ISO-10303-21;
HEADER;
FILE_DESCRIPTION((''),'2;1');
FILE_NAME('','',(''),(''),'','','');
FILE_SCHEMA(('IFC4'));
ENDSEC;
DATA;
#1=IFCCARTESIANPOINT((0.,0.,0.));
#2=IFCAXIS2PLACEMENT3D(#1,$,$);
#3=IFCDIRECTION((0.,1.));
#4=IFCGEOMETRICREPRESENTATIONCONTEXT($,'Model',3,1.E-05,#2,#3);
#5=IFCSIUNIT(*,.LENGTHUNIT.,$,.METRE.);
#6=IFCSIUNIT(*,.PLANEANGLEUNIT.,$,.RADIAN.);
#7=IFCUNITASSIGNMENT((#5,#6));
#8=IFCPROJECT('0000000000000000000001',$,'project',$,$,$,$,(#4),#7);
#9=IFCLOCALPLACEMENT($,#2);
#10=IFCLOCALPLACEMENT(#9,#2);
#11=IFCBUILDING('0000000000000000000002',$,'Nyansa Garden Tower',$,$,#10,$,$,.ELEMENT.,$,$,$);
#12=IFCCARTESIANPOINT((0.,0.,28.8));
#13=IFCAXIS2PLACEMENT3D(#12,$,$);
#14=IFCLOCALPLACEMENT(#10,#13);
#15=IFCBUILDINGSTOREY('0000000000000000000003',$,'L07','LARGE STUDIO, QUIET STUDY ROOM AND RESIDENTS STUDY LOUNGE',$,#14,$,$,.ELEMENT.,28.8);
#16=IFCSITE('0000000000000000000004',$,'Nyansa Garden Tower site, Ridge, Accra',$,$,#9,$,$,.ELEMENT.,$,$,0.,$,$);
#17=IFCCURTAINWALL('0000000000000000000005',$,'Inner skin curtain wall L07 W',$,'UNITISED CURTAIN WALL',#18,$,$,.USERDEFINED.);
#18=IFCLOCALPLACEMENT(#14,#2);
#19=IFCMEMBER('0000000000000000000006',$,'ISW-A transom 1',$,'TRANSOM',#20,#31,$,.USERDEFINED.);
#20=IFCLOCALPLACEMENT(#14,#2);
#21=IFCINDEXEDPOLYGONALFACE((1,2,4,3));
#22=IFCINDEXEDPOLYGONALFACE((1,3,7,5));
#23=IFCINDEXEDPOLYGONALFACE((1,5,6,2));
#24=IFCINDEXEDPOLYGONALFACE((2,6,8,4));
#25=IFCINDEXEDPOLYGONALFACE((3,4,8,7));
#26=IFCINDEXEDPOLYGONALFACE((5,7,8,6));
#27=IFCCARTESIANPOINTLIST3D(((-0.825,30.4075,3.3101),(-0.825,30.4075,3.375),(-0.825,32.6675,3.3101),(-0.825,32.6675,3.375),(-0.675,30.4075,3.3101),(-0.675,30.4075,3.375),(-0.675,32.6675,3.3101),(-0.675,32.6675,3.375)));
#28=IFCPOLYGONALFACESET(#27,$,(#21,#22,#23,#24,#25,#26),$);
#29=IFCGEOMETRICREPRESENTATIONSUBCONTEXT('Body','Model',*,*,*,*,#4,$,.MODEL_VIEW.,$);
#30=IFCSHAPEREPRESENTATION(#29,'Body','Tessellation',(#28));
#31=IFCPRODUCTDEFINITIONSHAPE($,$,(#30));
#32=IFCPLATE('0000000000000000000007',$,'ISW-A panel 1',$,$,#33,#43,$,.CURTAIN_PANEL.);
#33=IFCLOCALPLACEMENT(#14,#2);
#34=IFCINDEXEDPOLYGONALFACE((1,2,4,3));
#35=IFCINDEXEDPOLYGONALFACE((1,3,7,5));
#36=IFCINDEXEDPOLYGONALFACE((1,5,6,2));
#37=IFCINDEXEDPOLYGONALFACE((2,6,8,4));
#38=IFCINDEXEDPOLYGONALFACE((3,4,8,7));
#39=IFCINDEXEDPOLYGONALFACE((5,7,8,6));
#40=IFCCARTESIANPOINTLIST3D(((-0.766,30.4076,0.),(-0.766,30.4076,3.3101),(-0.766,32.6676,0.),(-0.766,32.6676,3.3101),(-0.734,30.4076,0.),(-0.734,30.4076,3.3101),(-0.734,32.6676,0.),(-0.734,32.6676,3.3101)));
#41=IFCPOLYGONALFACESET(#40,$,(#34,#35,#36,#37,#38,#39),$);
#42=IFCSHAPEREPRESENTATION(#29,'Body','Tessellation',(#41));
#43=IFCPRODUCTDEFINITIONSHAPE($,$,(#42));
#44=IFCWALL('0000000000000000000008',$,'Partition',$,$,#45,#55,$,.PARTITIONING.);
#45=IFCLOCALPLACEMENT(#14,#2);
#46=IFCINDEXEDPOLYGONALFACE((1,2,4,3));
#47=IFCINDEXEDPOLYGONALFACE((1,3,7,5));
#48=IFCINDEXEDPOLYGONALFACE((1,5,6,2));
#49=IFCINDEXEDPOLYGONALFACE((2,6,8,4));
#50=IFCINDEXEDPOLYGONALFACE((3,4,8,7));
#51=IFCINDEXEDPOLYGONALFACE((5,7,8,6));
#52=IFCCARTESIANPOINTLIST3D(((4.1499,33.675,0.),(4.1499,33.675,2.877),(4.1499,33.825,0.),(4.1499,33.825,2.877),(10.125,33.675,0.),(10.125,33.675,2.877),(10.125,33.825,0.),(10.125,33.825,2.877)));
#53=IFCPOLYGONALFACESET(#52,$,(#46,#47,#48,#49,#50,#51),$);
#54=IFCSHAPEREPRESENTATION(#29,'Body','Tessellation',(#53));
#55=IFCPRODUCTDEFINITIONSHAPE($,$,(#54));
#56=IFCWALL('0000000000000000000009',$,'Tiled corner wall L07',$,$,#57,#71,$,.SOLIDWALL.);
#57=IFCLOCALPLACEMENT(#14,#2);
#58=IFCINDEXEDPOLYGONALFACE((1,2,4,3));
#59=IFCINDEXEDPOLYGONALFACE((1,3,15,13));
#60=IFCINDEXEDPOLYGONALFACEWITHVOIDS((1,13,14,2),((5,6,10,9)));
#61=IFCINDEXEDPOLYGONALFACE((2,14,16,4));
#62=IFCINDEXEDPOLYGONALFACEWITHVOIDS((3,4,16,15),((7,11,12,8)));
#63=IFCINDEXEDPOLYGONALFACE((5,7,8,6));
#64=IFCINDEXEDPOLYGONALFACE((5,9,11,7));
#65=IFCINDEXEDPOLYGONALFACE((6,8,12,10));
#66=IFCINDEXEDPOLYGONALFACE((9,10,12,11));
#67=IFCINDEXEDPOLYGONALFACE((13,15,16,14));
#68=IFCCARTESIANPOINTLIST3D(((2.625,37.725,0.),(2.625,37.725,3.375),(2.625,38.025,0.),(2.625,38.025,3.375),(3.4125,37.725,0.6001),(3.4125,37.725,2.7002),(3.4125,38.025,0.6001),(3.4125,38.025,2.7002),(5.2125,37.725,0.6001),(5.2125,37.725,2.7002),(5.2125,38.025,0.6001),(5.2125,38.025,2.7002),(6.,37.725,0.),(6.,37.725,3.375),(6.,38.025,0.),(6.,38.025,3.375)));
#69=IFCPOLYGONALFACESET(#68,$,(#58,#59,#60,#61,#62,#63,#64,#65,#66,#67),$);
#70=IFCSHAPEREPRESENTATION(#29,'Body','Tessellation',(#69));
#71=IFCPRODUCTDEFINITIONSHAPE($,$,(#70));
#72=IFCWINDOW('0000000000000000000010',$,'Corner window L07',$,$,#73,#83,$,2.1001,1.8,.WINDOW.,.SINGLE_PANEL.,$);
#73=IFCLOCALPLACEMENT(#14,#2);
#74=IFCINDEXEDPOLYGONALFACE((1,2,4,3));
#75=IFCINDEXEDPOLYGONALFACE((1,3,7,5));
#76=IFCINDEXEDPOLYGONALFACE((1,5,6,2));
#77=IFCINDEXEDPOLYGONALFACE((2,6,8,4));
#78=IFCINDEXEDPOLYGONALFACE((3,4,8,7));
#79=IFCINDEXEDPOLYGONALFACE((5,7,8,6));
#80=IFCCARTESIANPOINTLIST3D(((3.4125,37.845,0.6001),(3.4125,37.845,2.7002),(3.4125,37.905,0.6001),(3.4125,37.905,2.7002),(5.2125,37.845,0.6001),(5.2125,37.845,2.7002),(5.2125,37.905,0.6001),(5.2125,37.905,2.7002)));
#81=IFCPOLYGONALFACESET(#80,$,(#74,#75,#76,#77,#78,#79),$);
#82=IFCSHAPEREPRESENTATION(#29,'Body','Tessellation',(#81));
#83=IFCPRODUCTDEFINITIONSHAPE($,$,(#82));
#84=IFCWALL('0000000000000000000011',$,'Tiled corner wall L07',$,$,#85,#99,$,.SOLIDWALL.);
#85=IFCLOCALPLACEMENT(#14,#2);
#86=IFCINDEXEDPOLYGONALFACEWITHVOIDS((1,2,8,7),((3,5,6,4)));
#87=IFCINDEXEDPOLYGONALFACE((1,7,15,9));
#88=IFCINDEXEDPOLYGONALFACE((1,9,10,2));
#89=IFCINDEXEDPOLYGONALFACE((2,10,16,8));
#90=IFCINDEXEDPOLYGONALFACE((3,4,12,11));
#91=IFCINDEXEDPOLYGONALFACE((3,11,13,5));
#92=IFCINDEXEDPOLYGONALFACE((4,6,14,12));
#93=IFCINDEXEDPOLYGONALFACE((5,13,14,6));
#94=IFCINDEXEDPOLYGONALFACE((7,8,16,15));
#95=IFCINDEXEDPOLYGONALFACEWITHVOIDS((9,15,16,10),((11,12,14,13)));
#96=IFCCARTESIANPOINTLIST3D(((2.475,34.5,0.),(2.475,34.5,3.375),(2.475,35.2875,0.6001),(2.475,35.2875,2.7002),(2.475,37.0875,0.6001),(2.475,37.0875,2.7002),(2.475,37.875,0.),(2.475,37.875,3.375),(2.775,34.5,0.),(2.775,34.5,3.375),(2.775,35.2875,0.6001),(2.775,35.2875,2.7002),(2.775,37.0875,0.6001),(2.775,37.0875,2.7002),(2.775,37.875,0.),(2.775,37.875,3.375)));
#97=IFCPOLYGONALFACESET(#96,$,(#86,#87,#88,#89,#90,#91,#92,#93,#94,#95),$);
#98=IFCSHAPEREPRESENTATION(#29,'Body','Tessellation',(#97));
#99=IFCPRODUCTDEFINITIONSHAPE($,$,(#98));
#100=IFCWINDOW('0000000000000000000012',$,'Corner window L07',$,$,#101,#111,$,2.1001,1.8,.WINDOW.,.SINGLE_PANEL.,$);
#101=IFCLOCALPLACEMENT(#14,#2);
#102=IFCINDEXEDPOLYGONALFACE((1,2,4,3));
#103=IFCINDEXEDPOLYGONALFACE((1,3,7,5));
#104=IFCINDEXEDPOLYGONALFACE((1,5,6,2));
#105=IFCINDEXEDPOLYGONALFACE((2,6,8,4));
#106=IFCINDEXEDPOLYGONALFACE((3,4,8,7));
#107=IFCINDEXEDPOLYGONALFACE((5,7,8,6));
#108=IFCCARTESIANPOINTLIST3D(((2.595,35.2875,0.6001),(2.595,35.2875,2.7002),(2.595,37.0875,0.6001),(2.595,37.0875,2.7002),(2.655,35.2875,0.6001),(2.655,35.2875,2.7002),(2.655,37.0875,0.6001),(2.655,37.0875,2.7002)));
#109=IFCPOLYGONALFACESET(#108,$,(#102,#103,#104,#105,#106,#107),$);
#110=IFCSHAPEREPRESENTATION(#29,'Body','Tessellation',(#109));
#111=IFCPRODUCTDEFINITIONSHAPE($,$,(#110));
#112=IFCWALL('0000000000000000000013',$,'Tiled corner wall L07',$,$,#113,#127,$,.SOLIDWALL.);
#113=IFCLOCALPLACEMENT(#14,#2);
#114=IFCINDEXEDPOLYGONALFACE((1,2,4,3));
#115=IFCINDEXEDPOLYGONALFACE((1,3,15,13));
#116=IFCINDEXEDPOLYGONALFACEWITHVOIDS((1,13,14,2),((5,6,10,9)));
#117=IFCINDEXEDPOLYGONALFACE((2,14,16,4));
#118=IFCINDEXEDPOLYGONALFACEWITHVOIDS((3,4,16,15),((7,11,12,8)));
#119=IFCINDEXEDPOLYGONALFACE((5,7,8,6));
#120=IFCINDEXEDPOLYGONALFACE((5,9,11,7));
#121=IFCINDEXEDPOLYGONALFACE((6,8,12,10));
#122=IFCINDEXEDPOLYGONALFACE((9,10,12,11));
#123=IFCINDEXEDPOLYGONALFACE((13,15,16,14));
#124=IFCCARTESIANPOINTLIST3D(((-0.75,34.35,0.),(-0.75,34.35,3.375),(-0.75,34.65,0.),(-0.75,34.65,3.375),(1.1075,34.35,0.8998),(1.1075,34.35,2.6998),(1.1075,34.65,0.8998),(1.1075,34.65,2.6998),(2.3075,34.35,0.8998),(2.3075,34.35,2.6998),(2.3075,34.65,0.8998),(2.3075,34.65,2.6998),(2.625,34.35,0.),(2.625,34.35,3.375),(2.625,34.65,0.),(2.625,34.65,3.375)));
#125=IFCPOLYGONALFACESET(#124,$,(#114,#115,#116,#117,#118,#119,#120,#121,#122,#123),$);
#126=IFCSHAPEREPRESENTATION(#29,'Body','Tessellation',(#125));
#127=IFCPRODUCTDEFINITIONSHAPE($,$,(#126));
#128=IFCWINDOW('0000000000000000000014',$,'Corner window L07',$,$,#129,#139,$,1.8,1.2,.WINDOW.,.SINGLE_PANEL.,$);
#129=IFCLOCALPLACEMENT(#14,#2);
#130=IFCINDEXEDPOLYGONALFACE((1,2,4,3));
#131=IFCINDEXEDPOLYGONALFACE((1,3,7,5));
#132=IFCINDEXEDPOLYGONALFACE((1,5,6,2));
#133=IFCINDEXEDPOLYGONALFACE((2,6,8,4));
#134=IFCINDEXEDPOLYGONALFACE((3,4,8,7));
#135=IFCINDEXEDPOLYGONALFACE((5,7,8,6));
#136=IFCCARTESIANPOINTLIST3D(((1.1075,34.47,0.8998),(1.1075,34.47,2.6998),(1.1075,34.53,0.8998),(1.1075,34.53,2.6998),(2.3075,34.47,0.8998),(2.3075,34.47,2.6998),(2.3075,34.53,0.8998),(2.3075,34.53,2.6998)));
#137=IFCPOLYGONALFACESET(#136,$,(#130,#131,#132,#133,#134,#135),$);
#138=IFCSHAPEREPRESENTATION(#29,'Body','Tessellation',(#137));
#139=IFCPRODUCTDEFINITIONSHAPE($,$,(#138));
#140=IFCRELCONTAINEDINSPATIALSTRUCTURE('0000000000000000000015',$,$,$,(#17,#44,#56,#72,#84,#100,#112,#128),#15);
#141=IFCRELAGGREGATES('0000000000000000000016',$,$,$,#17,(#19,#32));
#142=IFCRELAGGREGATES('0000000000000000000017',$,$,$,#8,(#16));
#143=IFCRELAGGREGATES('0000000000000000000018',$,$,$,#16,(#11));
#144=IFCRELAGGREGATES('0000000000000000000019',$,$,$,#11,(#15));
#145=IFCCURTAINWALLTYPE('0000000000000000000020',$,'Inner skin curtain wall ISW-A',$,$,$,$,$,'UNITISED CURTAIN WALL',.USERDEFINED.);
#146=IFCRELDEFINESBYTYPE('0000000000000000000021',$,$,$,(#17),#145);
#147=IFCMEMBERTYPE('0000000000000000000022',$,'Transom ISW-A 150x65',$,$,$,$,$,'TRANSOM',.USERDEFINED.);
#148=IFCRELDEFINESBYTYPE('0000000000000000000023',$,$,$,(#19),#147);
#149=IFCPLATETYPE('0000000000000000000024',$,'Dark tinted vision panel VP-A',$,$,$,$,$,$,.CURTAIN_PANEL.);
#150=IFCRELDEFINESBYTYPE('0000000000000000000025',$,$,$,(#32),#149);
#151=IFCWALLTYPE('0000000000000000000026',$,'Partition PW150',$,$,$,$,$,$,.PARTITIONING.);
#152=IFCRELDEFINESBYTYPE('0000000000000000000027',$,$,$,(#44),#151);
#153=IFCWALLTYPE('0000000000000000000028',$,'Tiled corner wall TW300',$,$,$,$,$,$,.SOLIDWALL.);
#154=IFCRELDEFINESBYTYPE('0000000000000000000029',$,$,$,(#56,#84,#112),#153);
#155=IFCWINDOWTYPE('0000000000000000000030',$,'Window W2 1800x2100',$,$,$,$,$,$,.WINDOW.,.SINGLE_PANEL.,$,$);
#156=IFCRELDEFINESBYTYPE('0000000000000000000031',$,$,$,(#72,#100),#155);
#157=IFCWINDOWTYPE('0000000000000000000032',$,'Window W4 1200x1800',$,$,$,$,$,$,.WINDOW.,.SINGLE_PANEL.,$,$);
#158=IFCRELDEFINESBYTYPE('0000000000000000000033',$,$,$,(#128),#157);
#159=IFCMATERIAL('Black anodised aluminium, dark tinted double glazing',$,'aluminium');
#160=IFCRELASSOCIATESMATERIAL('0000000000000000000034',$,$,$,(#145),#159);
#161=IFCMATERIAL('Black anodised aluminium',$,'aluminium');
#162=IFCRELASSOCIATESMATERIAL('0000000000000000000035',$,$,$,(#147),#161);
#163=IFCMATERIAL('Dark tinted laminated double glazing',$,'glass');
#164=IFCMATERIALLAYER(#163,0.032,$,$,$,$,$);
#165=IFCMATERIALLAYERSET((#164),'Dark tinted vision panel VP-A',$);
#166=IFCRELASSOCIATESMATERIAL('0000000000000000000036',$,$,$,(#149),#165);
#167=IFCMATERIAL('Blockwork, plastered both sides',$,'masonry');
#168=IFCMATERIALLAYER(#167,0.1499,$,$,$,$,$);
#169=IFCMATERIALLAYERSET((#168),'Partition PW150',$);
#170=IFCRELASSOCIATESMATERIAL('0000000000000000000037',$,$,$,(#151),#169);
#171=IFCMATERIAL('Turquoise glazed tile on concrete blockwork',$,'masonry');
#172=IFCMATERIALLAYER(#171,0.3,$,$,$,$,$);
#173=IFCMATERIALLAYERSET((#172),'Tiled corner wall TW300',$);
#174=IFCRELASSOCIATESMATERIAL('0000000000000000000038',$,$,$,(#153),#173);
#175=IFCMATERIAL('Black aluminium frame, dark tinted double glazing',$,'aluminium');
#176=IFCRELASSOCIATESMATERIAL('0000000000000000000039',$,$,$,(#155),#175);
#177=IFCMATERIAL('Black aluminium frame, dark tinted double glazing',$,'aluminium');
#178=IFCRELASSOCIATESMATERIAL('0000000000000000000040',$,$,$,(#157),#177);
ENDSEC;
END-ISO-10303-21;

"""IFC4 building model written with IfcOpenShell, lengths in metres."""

from ifc_helpers import new_model, si_unit, direction, frame, frame_2d, origin, origin_2d, place, context, subcontext, project, spatial, rectangle, extrude, material, layer, layer_set, material_profile, profile_set, type_object, element, fill, aggregate, save


model = new_model("IFC4")

# Units and contexts
model_context = context("Model", 3, precision=1e-05, world=origin(), true_north=direction((0.0, 1.0)))
body_context = subcontext(model_context, "Body", "Model", "MODEL_VIEW")
ifc_project = project(units=[si_unit("LENGTHUNIT", "METRE"), si_unit("PLANEANGLEUNIT", "RADIAN")], contexts=[model_context])

# Site, building, storey
site_placement = place(None, origin())
site = spatial("IfcSite", under=ifc_project, at=site_placement, Name="Nyansa Garden Tower site, Ridge, Accra", CompositionType="ELEMENT", RefElevation=0.0)
building_placement = place(site_placement, origin())
building = spatial("IfcBuilding", under=site, at=building_placement, Name="Nyansa Garden Tower", CompositionType="ELEMENT")
storey_placement = place(building_placement, frame((0.0, 0.0, 28.8)))
storey = spatial("IfcBuildingStorey", under=building, at=storey_placement, Name="L07", Description="LARGE STUDIO, QUIET STUDY ROOM AND RESIDENTS STUDY LOUNGE", CompositionType="ELEMENT", Elevation=28.8)

# Curtain wall
ifc_material_1 = material(Name="Black anodised aluminium, dark tinted double glazing", Category="aluminium")
curtain_wall_type = type_object("IfcCurtainWallType", Name="Inner skin curtain wall ISW-A", ElementType="UNITISED CURTAIN WALL", PredefinedType="USERDEFINED", material=ifc_material_1)
curtain_wall_placement = place(storey_placement, origin())
curtain_wall = element("IfcCurtainWall", 1, at=curtain_wall_placement, inside=storey, type_object=curtain_wall_type, Name="Inner skin curtain wall L07 W", ObjectType="UNITISED CURTAIN WALL", PredefinedType="USERDEFINED")

# Member
ifc_material_2 = material(Name="Black anodised aluminium", Category="aluminium")
ifc_material_profile_1 = material_profile(ifc_material_2, rectangle(XDim=0.1499, YDim=0.0649, at=origin_2d()), Name="Transom 150x65")
ifc_profile_set_1 = profile_set([ifc_material_profile_1], Name="Black anodised aluminium")
member_type_1 = type_object("IfcMemberType", Name="Transom ISW-A 150x65", ElementType="TRANSOM", PredefinedType="USERDEFINED", material=ifc_profile_set_1)
member_1_placement = place(storey_placement, frame((-0.75, 32.6675, 3.3425), z_axis=(0.0, -1.0, 0.0), x_axis=(1.0, 0.0, 0.0)))
member_1 = element("IfcMember", 2, at=member_1_placement, type_object=member_type_1, Name="ISW-A transom 1", ObjectType="TRANSOM", PredefinedType="USERDEFINED", context=body_context, shape_type="SweptSolid", body=[
    extrude(rectangle(XDim=0.1499, YDim=0.0649, at=origin_2d()), origin(), (0.0, 0.0, 1.0), 2.26),
])

# Plate
ifc_material_3 = material(Name="Dark tinted laminated double glazing", Category="glass")
ifc_layer_1 = layer(ifc_material_3, 0.032)
ifc_layer_set_1 = layer_set([ifc_layer_1], Name="Dark tinted vision panel VP-A")
plate_type = type_object("IfcPlateType", Name="Dark tinted vision panel VP-A", PredefinedType="CURTAIN_PANEL", material=ifc_layer_set_1)
plate_placement = place(storey_placement, frame((-0.75, 31.5376, 0.0), z_axis=(0.0, 0.0, 1.0), x_axis=(0.0, -1.0, 0.0)))
plate = element("IfcPlate", 3, at=plate_placement, type_object=plate_type, Name="ISW-A panel 1", PredefinedType="CURTAIN_PANEL", context=body_context, shape_type="SweptSolid", body=[
    extrude(rectangle(XDim=2.26, YDim=0.032, at=origin_2d()), origin(), (0.0, 0.0, 1.0), 3.3101),
])
aggregate(curtain_wall, [member_1, plate])

# Wall
ifc_material_4 = material(Name="Blockwork, plastered both sides", Category="masonry")
ifc_layer_2 = layer(ifc_material_4, 0.1499)
ifc_layer_set_2 = layer_set([ifc_layer_2], Name="Partition PW150")
wall_type_1 = type_object("IfcWallType", Name="Partition PW150", PredefinedType="PARTITIONING", material=ifc_layer_set_2)
wall_1_placement = place(storey_placement, frame((4.1499, 33.75, 0.0), z_axis=(0.0, 0.0, 1.0), x_axis=(1.0, 0.0, 0.0)))
element("IfcWall", 4, at=wall_1_placement, inside=storey, type_object=wall_type_1, Name="Partition", PredefinedType="PARTITIONING", context=body_context, shape_type="SweptSolid", body=[
    extrude(rectangle(XDim=5.9751, YDim=0.1499, at=frame_2d((2.9875, 0.0))), origin(), (0.0, 0.0, 1.0), 2.877),
])

# Walls, openings, windows
ifc_material_5 = material(Name="Turquoise glazed tile on concrete blockwork", Category="masonry")
ifc_layer_3 = layer(ifc_material_5, 0.3)
ifc_layer_set_3 = layer_set([ifc_layer_3], Name="Tiled corner wall TW300")
wall_type_2 = type_object("IfcWallType", Name="Tiled corner wall TW300", PredefinedType="SOLIDWALL", material=ifc_layer_set_3)
wall_2_placement = place(storey_placement, frame((6.0, 37.875, 0.0), z_axis=(0.0, 0.0, 1.0), x_axis=(-1.0, 0.0, 0.0)))
wall_2 = element("IfcWall", 5, at=wall_2_placement, inside=storey, type_object=wall_type_2, Name="Tiled corner wall L07", PredefinedType="SOLIDWALL", context=body_context, shape_type="SweptSolid", body=[
    extrude(rectangle(XDim=3.375, YDim=0.3, at=frame_2d((1.6875, 0.0))), origin(), (0.0, 0.0, 1.0), 3.375),
])
opening_1_placement = place(wall_2_placement, frame((0.7876, 0.0, 0.6001)))
opening_1 = element("IfcOpeningElement", 6, at=opening_1_placement, cuts=wall_2, PredefinedType="OPENING", context=body_context, shape_type="SweptSolid", body=[
    extrude(rectangle(XDim=1.8, YDim=2.1001, at=frame_2d((0.8999, 1.05))), frame((0.0, 0.1599, 0.0), z_axis=(0.0, -1.0, 0.0), x_axis=(1.0, 0.0, 0.0)), (0.0, 0.0, 1.0), 0.3201),
])
ifc_material_6 = material(Name="Black aluminium frame, dark tinted double glazing", Category="aluminium")
window_type_1 = type_object("IfcWindowType", Name="Window W2 1800x2100", PartitioningType="SINGLE_PANEL", PredefinedType="WINDOW", material=ifc_material_6)
window_1_placement = place(opening_1_placement, origin())
window_1 = element("IfcWindow", 7, at=window_1_placement, inside=storey, type_object=window_type_1, Name="Corner window L07", OverallHeight=2.1001, OverallWidth=1.8, PartitioningType="SINGLE_PANEL", PredefinedType="WINDOW", context=body_context, shape_type="SweptSolid", body=[
    extrude(rectangle(XDim=1.8, YDim=2.1001, at=frame_2d((0.8999, 1.05))), frame((0.0, 0.03, 0.0), z_axis=(0.0, -1.0, 0.0), x_axis=(1.0, 0.0, 0.0)), (0.0, 0.0, 1.0), 0.0601),
])
fill(opening_1, window_1)
wall_3_placement = place(storey_placement, frame((2.625, 37.875, 0.0), z_axis=(0.0, 0.0, 1.0), x_axis=(0.0, -1.0, 0.0)))
wall_3 = element("IfcWall", 8, at=wall_3_placement, inside=storey, type_object=wall_type_2, Name="Tiled corner wall L07", PredefinedType="SOLIDWALL", context=body_context, shape_type="SweptSolid", body=[
    extrude(rectangle(XDim=3.375, YDim=0.3, at=frame_2d((1.6875, 0.0))), origin(), (0.0, 0.0, 1.0), 3.375),
])
opening_2_placement = place(wall_3_placement, frame((0.7876, 0.0, 0.6001)))
opening_2 = element("IfcOpeningElement", 9, at=opening_2_placement, cuts=wall_3, PredefinedType="OPENING", context=body_context, shape_type="SweptSolid", body=[
    extrude(rectangle(XDim=1.8, YDim=2.1001, at=frame_2d((0.8999, 1.05))), frame((0.0, 0.1599, 0.0), z_axis=(0.0, -1.0, 0.0), x_axis=(1.0, 0.0, 0.0)), (0.0, 0.0, 1.0), 0.3201),
])
window_2_placement = place(opening_2_placement, origin())
window_2 = element("IfcWindow", 10, at=window_2_placement, inside=storey, type_object=window_type_1, Name="Corner window L07", OverallHeight=2.1001, OverallWidth=1.8, PartitioningType="SINGLE_PANEL", PredefinedType="WINDOW", context=body_context, shape_type="SweptSolid", body=[
    extrude(rectangle(XDim=1.8, YDim=2.1001, at=frame_2d((0.8999, 1.05))), frame((0.0, 0.03, 0.0), z_axis=(0.0, -1.0, 0.0), x_axis=(1.0, 0.0, 0.0)), (0.0, 0.0, 1.0), 0.0601),
])
fill(opening_2, window_2)
wall_4_placement = place(storey_placement, frame((2.625, 34.5, 0.0), z_axis=(0.0, 0.0, 1.0), x_axis=(-1.0, 0.0, 0.0)))
wall_4 = element("IfcWall", 11, at=wall_4_placement, inside=storey, type_object=wall_type_2, Name="Tiled corner wall L07", PredefinedType="SOLIDWALL", context=body_context, shape_type="SweptSolid", body=[
    extrude(rectangle(XDim=3.375, YDim=0.3, at=frame_2d((1.6875, 0.0))), origin(), (0.0, 0.0, 1.0), 3.375),
])
opening_3_placement = place(wall_4_placement, frame((0.3174, 0.0, 0.8999)))
opening_3 = element("IfcOpeningElement", 12, at=opening_3_placement, cuts=wall_4, PredefinedType="OPENING", context=body_context, shape_type="SweptSolid", body=[
    extrude(rectangle(XDim=1.2, YDim=1.8, at=frame_2d((0.6001, 0.8999))), frame((0.0, 0.1599, 0.0), z_axis=(0.0, -1.0, 0.0), x_axis=(1.0, 0.0, 0.0)), (0.0, 0.0, 1.0), 0.3201),
])
ifc_material_7 = material(Name="Black aluminium frame, dark tinted double glazing", Category="aluminium")
window_type_2 = type_object("IfcWindowType", Name="Window W4 1200x1800", PartitioningType="SINGLE_PANEL", PredefinedType="WINDOW", material=ifc_material_7)
window_3_placement = place(opening_3_placement, origin())
window_3 = element("IfcWindow", 13, at=window_3_placement, inside=storey, type_object=window_type_2, Name="Corner window L07", OverallHeight=1.8, OverallWidth=1.2, PartitioningType="SINGLE_PANEL", PredefinedType="WINDOW", context=body_context, shape_type="SweptSolid", body=[
    extrude(rectangle(XDim=1.2, YDim=1.8, at=frame_2d((0.6001, 0.8999))), frame((0.0, 0.03, 0.0), z_axis=(0.0, -1.0, 0.0), x_axis=(1.0, 0.0, 0.0)), (0.0, 0.0, 1.0), 0.0601),
])
fill(opening_3, window_3)

save(model, "model.ifc")
